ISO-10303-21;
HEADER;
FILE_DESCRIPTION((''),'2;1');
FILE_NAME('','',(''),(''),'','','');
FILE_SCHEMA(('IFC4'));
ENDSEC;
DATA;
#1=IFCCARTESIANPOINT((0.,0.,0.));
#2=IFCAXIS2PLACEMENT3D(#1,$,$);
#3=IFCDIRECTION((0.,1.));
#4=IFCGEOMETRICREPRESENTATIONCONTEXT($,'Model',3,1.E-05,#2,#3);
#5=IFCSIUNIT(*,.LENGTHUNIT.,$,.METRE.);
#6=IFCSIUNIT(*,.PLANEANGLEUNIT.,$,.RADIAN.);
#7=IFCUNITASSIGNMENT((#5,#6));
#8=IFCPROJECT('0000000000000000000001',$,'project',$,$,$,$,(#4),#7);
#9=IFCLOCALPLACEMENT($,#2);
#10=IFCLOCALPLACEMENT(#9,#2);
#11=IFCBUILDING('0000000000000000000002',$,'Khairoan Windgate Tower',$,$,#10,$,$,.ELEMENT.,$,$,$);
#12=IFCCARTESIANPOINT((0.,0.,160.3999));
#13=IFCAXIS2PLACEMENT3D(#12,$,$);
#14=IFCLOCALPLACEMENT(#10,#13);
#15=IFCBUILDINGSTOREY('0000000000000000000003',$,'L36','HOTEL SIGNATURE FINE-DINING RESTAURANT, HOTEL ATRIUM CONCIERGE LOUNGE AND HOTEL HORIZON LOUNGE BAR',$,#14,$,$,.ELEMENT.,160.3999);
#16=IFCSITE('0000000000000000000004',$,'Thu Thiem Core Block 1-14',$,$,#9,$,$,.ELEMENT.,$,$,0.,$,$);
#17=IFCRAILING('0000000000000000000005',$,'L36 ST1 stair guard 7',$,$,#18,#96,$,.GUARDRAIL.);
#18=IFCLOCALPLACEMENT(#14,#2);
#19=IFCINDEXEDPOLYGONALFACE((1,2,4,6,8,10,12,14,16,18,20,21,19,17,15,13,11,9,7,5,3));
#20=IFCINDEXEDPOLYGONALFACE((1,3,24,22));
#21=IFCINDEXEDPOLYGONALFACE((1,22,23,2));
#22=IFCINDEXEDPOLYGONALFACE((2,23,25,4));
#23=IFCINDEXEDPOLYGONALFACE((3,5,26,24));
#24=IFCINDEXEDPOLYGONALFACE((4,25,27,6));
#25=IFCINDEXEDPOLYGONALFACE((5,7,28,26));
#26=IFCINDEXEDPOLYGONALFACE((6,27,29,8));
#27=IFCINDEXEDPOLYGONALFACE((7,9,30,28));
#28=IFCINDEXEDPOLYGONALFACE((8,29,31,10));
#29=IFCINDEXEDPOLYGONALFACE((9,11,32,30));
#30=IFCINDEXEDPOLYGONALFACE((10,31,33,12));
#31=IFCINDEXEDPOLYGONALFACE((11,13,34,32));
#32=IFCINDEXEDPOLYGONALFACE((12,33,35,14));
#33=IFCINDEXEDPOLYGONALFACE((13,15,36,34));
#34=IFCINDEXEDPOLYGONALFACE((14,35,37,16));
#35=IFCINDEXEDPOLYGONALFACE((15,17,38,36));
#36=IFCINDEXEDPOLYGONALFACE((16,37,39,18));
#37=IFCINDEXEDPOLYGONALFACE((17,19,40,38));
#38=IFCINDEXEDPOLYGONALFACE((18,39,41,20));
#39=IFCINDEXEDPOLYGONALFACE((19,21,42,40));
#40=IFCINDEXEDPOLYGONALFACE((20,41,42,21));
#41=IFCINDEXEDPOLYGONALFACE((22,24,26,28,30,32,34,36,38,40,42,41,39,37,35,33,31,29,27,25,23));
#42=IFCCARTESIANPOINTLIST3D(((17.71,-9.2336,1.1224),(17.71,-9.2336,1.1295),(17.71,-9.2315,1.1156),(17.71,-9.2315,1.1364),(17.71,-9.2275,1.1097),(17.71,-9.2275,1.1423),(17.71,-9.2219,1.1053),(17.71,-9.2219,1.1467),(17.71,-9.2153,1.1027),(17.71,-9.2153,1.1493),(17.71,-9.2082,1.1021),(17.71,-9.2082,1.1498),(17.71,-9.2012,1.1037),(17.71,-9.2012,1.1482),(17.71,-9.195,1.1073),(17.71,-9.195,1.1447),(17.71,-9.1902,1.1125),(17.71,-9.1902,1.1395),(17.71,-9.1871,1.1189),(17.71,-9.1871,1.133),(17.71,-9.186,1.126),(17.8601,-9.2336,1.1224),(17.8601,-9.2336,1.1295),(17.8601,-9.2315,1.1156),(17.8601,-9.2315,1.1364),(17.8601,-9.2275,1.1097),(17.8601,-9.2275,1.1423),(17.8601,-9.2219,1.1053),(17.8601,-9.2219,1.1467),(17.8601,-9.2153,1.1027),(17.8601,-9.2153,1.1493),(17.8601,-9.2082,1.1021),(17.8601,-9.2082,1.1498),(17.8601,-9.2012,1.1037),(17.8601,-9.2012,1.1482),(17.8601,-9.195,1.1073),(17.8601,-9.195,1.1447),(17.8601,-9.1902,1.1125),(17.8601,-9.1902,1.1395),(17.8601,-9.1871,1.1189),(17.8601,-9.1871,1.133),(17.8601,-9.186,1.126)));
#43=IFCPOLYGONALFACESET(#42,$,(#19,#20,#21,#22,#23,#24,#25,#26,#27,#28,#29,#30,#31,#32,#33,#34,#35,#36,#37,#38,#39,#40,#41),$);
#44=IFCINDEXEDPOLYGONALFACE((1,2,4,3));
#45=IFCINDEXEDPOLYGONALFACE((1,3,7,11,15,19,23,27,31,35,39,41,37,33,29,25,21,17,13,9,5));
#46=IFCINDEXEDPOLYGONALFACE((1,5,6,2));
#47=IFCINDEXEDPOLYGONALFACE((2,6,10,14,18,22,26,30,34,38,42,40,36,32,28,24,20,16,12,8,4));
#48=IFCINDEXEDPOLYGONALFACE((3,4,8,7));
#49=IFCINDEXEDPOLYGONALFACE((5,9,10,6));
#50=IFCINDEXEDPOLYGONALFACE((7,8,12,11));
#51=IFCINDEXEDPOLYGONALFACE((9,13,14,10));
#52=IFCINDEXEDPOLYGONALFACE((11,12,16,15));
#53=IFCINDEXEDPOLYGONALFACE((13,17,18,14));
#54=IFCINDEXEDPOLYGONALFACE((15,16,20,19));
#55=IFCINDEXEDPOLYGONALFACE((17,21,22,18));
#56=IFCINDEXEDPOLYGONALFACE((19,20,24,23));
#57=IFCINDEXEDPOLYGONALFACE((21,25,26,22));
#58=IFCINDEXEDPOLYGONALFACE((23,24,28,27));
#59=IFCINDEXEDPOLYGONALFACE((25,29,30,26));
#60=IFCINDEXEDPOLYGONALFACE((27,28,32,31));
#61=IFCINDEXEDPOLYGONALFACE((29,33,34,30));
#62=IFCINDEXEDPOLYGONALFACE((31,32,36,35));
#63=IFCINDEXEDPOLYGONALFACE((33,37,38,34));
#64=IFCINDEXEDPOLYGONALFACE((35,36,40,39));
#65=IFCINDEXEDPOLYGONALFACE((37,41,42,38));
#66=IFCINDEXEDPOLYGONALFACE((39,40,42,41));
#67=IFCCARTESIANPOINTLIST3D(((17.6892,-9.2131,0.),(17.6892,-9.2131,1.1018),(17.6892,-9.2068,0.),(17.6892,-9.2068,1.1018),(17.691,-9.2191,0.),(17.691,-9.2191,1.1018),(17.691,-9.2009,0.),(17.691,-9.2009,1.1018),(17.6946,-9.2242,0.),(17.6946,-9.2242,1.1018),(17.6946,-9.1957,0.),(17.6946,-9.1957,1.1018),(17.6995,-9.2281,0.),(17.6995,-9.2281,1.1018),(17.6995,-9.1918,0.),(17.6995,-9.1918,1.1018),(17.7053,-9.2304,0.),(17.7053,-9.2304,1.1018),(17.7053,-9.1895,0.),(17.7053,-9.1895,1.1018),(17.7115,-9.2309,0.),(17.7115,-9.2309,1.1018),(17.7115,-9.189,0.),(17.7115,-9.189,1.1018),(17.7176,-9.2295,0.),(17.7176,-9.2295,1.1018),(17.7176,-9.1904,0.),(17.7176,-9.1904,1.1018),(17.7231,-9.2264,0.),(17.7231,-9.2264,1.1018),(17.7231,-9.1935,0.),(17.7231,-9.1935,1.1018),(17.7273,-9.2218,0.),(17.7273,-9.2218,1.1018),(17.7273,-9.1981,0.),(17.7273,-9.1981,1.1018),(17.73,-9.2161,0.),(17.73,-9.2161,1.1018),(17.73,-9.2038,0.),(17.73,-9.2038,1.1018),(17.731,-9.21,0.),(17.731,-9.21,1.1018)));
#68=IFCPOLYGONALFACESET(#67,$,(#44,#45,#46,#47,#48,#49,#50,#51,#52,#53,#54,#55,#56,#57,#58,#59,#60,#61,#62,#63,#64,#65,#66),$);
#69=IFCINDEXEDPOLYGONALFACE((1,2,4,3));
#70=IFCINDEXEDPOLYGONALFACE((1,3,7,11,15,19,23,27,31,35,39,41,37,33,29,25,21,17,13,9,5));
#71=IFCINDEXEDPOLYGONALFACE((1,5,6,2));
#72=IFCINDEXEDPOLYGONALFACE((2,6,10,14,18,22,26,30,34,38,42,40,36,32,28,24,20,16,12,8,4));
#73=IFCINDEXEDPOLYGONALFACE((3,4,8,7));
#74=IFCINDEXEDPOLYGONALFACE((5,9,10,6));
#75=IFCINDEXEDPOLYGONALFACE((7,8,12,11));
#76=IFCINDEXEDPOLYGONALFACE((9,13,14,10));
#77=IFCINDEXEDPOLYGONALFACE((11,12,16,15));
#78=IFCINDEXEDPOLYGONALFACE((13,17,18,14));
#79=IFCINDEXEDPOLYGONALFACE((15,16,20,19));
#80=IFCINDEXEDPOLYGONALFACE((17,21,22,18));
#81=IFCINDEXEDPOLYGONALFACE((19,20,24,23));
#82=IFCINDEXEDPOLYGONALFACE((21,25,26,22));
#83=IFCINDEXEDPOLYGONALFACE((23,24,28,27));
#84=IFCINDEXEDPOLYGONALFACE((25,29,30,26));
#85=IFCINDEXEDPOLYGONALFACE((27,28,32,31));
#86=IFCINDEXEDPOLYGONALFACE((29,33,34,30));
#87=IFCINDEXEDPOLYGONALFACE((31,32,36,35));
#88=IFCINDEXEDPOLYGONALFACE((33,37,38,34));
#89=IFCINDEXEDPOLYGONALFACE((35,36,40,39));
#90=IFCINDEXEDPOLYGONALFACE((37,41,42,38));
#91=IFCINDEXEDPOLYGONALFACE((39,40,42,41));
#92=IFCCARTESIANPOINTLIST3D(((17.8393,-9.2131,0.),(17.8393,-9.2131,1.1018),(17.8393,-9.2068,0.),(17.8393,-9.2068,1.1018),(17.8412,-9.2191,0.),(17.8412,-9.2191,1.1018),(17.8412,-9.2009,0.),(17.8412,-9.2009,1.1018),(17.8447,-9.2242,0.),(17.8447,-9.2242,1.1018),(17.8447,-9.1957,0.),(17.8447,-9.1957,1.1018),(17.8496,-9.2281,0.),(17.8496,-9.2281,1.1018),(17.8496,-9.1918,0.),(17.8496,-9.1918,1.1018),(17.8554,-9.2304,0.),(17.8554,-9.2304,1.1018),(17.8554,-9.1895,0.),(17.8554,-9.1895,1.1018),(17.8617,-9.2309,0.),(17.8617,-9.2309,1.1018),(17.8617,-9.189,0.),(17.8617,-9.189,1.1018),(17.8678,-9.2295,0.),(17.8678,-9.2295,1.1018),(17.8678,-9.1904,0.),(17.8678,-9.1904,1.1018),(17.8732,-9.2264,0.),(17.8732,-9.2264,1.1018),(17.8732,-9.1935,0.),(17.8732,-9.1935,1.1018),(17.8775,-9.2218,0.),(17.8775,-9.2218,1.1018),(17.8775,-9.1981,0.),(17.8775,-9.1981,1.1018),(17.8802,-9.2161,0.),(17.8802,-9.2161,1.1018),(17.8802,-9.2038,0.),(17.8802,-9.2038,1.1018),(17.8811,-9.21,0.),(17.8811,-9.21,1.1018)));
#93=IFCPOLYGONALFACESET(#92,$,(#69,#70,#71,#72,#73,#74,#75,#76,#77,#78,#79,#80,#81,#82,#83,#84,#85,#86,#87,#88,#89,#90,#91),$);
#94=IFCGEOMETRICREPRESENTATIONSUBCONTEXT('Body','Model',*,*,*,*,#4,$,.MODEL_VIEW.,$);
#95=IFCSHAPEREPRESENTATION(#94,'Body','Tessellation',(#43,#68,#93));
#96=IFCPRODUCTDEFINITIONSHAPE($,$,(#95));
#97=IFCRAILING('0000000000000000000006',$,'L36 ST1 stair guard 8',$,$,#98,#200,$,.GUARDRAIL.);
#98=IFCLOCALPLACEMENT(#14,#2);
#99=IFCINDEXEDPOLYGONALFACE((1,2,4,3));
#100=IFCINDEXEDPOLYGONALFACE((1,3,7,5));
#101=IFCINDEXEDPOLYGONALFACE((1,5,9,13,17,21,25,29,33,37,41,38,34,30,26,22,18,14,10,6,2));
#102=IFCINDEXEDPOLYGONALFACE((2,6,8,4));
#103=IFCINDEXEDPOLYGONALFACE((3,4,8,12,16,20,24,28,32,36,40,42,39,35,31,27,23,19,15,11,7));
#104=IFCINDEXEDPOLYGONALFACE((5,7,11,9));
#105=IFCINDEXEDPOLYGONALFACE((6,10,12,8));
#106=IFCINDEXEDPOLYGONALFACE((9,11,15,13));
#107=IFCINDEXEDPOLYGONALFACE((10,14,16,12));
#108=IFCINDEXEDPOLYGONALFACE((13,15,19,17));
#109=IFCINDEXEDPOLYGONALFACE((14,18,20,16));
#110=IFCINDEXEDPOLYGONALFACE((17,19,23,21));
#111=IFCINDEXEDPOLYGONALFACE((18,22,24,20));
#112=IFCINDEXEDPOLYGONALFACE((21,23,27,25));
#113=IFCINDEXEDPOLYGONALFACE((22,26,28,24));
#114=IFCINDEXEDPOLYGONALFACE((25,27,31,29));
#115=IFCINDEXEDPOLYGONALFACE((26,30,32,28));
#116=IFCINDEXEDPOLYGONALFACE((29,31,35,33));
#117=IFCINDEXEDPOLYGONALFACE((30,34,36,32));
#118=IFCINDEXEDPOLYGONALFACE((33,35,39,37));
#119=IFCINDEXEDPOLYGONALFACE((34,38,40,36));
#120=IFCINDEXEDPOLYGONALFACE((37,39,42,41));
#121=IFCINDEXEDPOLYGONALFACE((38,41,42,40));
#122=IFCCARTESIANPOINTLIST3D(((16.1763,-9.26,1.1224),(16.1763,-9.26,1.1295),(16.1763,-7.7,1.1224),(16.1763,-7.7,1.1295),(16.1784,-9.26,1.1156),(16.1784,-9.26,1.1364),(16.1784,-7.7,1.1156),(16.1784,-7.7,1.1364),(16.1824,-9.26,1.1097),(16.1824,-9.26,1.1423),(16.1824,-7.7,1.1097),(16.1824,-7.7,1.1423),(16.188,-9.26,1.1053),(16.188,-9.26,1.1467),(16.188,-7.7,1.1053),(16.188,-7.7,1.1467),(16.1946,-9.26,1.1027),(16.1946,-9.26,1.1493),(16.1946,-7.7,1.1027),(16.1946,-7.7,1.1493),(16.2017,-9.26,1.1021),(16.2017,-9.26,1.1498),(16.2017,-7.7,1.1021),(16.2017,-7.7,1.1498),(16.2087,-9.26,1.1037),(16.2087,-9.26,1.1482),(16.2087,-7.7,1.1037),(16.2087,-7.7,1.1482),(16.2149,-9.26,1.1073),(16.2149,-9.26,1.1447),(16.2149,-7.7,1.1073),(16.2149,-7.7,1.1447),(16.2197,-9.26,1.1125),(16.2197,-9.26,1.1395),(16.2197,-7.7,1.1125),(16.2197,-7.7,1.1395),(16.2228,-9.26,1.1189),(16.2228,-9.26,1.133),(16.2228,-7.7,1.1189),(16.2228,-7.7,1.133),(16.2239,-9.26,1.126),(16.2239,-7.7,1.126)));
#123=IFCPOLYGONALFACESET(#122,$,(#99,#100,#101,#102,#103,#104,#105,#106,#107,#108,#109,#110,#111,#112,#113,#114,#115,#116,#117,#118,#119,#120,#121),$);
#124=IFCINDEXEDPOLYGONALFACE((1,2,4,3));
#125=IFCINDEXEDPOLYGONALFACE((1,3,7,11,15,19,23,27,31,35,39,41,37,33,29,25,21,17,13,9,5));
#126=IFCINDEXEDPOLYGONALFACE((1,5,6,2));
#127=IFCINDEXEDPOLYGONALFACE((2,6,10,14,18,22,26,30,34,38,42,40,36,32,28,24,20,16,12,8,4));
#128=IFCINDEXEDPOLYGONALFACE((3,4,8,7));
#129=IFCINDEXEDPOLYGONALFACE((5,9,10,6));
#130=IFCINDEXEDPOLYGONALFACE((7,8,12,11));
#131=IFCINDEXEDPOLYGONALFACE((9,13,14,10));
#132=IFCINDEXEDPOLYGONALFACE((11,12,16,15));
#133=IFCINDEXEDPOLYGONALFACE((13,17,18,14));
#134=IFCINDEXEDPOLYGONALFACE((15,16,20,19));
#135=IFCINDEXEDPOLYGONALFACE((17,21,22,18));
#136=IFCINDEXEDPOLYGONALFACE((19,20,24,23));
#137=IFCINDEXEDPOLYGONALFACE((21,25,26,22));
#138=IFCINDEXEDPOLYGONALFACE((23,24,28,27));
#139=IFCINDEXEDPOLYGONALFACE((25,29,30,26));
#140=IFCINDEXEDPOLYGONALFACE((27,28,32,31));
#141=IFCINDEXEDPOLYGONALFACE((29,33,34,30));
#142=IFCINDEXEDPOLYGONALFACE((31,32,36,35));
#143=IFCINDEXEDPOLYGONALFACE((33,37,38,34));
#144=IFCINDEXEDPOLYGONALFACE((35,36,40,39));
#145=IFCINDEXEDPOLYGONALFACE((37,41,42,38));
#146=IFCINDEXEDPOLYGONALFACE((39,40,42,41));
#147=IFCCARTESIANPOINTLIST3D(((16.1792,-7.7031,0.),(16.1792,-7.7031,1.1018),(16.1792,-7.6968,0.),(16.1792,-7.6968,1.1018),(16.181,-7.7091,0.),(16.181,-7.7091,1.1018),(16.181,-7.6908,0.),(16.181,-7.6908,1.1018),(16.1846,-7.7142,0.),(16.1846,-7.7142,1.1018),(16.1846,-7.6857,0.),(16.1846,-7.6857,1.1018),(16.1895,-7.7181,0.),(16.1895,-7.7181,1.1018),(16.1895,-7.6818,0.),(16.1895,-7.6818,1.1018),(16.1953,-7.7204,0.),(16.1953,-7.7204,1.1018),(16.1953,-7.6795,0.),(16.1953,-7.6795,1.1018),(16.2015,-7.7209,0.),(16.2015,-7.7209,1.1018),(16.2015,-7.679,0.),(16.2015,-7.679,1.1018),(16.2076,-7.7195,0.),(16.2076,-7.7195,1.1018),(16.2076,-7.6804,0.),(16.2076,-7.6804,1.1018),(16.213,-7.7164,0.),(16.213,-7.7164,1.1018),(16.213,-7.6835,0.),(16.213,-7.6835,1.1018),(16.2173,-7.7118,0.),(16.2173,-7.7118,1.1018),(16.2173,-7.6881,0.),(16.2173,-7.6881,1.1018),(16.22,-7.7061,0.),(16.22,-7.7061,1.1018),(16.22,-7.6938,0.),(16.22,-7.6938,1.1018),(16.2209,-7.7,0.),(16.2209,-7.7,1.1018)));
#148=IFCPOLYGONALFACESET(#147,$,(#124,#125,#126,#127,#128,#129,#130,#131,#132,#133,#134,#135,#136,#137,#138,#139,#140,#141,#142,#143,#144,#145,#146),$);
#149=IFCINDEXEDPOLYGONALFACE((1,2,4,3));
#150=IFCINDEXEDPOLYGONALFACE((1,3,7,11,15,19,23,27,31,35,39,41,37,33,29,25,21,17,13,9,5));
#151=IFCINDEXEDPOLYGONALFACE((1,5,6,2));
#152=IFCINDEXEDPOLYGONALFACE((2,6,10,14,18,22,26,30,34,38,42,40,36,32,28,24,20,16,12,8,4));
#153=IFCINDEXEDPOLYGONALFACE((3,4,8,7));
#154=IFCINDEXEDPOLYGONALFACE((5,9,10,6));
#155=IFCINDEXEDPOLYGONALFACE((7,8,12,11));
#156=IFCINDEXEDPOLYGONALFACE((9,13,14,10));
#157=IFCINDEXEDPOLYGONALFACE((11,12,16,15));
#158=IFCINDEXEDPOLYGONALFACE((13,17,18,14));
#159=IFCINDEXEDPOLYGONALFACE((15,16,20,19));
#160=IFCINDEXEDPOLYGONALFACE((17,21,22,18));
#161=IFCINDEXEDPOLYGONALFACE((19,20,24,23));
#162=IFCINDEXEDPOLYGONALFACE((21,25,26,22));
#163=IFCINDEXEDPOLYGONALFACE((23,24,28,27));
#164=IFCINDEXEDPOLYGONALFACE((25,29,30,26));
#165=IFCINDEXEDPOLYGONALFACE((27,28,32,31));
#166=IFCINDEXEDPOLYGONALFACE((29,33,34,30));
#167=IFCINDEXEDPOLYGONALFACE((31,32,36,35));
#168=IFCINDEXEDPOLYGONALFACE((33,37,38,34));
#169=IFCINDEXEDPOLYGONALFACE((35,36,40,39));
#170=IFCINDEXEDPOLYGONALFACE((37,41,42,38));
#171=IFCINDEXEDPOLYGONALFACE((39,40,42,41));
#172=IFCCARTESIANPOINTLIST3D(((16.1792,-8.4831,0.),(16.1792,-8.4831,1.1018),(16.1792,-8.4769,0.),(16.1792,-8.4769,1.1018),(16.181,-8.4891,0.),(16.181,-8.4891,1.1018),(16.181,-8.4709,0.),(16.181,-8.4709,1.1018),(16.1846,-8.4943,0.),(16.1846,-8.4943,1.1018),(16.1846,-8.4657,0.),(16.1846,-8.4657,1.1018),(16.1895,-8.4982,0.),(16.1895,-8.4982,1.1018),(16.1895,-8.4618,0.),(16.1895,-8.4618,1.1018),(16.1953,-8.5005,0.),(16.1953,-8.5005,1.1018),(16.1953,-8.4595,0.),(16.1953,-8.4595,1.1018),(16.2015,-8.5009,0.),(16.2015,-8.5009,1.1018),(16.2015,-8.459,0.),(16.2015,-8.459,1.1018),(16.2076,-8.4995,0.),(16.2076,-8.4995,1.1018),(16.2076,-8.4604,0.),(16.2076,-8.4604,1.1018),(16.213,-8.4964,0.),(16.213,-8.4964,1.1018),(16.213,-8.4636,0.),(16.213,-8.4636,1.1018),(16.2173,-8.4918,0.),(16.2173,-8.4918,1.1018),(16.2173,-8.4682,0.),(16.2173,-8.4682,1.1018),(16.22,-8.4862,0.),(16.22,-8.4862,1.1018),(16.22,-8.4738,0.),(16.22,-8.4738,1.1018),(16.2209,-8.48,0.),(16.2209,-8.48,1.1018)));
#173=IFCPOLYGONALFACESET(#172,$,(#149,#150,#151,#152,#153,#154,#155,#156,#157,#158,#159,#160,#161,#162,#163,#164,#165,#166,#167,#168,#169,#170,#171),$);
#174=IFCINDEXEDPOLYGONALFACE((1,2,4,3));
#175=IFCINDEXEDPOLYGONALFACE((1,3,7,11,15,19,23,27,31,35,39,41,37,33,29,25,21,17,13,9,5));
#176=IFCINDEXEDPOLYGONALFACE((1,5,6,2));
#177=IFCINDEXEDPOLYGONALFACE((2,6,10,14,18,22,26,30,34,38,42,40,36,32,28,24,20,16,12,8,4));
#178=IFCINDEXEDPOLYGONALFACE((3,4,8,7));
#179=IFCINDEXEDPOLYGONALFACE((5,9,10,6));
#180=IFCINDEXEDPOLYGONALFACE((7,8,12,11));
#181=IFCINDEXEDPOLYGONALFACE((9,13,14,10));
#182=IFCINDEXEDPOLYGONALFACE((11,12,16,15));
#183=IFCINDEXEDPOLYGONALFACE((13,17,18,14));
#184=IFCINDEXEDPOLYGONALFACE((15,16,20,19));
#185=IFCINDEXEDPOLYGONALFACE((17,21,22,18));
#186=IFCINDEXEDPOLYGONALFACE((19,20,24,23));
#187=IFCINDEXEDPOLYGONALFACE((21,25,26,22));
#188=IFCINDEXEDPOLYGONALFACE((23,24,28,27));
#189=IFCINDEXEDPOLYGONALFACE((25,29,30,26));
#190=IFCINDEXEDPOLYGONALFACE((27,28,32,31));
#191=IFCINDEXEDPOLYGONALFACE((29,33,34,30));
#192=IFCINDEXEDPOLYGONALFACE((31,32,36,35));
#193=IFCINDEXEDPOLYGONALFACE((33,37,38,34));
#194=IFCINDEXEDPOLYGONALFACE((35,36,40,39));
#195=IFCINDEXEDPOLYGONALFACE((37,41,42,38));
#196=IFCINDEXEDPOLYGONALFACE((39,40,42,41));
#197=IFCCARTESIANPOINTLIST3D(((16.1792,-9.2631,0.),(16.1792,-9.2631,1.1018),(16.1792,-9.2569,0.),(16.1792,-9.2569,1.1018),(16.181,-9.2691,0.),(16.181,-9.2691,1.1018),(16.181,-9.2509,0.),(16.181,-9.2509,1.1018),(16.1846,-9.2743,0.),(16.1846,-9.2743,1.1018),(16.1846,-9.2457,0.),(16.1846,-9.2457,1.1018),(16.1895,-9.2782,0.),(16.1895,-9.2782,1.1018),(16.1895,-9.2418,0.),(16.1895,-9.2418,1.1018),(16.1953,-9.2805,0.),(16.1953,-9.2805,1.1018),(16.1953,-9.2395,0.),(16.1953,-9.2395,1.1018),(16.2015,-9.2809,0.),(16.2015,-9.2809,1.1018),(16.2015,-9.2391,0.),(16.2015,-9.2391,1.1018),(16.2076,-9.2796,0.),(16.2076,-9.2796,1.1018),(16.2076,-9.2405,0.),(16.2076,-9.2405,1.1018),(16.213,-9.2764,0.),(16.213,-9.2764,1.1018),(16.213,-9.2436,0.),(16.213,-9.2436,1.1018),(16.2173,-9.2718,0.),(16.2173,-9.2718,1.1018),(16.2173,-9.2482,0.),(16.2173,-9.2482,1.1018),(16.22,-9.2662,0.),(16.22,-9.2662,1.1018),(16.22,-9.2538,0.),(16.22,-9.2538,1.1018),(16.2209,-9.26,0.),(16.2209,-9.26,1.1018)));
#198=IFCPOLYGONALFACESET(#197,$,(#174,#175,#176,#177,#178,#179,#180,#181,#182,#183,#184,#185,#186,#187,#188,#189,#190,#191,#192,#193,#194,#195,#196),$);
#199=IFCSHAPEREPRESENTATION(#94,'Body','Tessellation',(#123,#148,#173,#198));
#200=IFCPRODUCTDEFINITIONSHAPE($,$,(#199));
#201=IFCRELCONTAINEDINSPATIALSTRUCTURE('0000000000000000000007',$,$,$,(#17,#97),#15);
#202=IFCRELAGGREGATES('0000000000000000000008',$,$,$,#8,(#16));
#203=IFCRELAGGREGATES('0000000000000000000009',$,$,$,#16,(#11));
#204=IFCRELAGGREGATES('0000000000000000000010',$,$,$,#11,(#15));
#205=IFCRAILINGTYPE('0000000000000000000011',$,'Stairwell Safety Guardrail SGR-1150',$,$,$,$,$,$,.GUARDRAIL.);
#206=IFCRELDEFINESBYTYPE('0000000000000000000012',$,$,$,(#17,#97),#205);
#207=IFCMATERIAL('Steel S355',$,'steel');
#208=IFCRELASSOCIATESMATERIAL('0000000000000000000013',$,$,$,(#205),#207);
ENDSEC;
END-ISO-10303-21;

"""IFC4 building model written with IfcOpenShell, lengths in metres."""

from ifc_helpers import new_model, si_unit, direction, frame, origin, origin_2d, place, context, subcontext, project, spatial, circle, extrude, material, type_object, element, save


model = new_model("IFC4")

# Units and contexts
model_context = context("Model", 3, precision=1e-05, world=origin(), true_north=direction((0.0, 1.0)))
body_context = subcontext(model_context, "Body", "Model", "MODEL_VIEW")
ifc_project = project(units=[si_unit("LENGTHUNIT", "METRE"), si_unit("PLANEANGLEUNIT", "RADIAN")], contexts=[model_context])

# Site, building, storey
site_placement = place(None, origin())
site = spatial("IfcSite", under=ifc_project, at=site_placement, Name="Thu Thiem Core Block 1-14", CompositionType="ELEMENT", RefElevation=0.0)
building_placement = place(site_placement, origin())
building = spatial("IfcBuilding", under=site, at=building_placement, Name="Khairoan Windgate Tower", CompositionType="ELEMENT")
storey_placement = place(building_placement, frame((0.0, 0.0, 160.3999)))
storey = spatial("IfcBuildingStorey", under=building, at=storey_placement, Name="L36", Description="HOTEL SIGNATURE FINE-DINING RESTAURANT, HOTEL ATRIUM CONCIERGE LOUNGE AND HOTEL HORIZON LOUNGE BAR", CompositionType="ELEMENT", Elevation=160.3999)

# Railings
ifc_material_1 = material(Name="Steel S355", Category="steel")
railing_type_1 = type_object("IfcRailingType", Name="Stairwell Safety Guardrail SGR-1150", PredefinedType="GUARDRAIL", material=ifc_material_1)
railing_1_placement = place(storey_placement, frame((17.71, -9.21, 0.0)))
element("IfcRailing", 1, at=railing_1_placement, inside=storey, type_object=railing_type_1, Name="L36 ST1 stair guard 7", PredefinedType="GUARDRAIL", context=body_context, shape_type="SweptSolid", body=[
    extrude(circle(Radius=0.0239, at=origin_2d()), frame((0.0, 0.0, 1.126), z_axis=(1.0, 0.0, 0.0), x_axis=(0.0, 1.0, 0.0)), (0.0, 0.0, 1.0), 0.1501),
    extrude(circle(Radius=0.021, at=origin_2d()), origin(), (0.0, 0.0, 1.0), 1.1018),
    extrude(circle(Radius=0.021, at=origin_2d()), frame((0.1501, 0.0, 0.0)), (0.0, 0.0, 1.0), 1.1018),
])
for number, where, name in (
    (2, (16.2, -7.7, 0.0), "L36 ST1 stair guard 8"),
):
    element("IfcRailing", number, at=place(storey_placement, frame(where)), inside=storey, type_object=railing_type_1, Name=name, PredefinedType="GUARDRAIL", context=body_context, shape_type="SweptSolid", body=[
        extrude(circle(Radius=0.0239, at=origin_2d()), frame((0.0, 0.0, 1.126), z_axis=(0.0, -1.0, 0.0), x_axis=(1.0, 0.0, 0.0)), (0.0, 0.0, 1.0), 1.5601),
        extrude(circle(Radius=0.021, at=origin_2d()), origin(), (0.0, 0.0, 1.0), 1.1018),
        extrude(circle(Radius=0.021, at=origin_2d()), frame((0.0, -0.78, 0.0)), (0.0, 0.0, 1.0), 1.1018),
        extrude(circle(Radius=0.021, at=origin_2d()), frame((0.0, -1.5601, 0.0)), (0.0, 0.0, 1.0), 1.1018),
    ])

save(model, "model.ifc")
